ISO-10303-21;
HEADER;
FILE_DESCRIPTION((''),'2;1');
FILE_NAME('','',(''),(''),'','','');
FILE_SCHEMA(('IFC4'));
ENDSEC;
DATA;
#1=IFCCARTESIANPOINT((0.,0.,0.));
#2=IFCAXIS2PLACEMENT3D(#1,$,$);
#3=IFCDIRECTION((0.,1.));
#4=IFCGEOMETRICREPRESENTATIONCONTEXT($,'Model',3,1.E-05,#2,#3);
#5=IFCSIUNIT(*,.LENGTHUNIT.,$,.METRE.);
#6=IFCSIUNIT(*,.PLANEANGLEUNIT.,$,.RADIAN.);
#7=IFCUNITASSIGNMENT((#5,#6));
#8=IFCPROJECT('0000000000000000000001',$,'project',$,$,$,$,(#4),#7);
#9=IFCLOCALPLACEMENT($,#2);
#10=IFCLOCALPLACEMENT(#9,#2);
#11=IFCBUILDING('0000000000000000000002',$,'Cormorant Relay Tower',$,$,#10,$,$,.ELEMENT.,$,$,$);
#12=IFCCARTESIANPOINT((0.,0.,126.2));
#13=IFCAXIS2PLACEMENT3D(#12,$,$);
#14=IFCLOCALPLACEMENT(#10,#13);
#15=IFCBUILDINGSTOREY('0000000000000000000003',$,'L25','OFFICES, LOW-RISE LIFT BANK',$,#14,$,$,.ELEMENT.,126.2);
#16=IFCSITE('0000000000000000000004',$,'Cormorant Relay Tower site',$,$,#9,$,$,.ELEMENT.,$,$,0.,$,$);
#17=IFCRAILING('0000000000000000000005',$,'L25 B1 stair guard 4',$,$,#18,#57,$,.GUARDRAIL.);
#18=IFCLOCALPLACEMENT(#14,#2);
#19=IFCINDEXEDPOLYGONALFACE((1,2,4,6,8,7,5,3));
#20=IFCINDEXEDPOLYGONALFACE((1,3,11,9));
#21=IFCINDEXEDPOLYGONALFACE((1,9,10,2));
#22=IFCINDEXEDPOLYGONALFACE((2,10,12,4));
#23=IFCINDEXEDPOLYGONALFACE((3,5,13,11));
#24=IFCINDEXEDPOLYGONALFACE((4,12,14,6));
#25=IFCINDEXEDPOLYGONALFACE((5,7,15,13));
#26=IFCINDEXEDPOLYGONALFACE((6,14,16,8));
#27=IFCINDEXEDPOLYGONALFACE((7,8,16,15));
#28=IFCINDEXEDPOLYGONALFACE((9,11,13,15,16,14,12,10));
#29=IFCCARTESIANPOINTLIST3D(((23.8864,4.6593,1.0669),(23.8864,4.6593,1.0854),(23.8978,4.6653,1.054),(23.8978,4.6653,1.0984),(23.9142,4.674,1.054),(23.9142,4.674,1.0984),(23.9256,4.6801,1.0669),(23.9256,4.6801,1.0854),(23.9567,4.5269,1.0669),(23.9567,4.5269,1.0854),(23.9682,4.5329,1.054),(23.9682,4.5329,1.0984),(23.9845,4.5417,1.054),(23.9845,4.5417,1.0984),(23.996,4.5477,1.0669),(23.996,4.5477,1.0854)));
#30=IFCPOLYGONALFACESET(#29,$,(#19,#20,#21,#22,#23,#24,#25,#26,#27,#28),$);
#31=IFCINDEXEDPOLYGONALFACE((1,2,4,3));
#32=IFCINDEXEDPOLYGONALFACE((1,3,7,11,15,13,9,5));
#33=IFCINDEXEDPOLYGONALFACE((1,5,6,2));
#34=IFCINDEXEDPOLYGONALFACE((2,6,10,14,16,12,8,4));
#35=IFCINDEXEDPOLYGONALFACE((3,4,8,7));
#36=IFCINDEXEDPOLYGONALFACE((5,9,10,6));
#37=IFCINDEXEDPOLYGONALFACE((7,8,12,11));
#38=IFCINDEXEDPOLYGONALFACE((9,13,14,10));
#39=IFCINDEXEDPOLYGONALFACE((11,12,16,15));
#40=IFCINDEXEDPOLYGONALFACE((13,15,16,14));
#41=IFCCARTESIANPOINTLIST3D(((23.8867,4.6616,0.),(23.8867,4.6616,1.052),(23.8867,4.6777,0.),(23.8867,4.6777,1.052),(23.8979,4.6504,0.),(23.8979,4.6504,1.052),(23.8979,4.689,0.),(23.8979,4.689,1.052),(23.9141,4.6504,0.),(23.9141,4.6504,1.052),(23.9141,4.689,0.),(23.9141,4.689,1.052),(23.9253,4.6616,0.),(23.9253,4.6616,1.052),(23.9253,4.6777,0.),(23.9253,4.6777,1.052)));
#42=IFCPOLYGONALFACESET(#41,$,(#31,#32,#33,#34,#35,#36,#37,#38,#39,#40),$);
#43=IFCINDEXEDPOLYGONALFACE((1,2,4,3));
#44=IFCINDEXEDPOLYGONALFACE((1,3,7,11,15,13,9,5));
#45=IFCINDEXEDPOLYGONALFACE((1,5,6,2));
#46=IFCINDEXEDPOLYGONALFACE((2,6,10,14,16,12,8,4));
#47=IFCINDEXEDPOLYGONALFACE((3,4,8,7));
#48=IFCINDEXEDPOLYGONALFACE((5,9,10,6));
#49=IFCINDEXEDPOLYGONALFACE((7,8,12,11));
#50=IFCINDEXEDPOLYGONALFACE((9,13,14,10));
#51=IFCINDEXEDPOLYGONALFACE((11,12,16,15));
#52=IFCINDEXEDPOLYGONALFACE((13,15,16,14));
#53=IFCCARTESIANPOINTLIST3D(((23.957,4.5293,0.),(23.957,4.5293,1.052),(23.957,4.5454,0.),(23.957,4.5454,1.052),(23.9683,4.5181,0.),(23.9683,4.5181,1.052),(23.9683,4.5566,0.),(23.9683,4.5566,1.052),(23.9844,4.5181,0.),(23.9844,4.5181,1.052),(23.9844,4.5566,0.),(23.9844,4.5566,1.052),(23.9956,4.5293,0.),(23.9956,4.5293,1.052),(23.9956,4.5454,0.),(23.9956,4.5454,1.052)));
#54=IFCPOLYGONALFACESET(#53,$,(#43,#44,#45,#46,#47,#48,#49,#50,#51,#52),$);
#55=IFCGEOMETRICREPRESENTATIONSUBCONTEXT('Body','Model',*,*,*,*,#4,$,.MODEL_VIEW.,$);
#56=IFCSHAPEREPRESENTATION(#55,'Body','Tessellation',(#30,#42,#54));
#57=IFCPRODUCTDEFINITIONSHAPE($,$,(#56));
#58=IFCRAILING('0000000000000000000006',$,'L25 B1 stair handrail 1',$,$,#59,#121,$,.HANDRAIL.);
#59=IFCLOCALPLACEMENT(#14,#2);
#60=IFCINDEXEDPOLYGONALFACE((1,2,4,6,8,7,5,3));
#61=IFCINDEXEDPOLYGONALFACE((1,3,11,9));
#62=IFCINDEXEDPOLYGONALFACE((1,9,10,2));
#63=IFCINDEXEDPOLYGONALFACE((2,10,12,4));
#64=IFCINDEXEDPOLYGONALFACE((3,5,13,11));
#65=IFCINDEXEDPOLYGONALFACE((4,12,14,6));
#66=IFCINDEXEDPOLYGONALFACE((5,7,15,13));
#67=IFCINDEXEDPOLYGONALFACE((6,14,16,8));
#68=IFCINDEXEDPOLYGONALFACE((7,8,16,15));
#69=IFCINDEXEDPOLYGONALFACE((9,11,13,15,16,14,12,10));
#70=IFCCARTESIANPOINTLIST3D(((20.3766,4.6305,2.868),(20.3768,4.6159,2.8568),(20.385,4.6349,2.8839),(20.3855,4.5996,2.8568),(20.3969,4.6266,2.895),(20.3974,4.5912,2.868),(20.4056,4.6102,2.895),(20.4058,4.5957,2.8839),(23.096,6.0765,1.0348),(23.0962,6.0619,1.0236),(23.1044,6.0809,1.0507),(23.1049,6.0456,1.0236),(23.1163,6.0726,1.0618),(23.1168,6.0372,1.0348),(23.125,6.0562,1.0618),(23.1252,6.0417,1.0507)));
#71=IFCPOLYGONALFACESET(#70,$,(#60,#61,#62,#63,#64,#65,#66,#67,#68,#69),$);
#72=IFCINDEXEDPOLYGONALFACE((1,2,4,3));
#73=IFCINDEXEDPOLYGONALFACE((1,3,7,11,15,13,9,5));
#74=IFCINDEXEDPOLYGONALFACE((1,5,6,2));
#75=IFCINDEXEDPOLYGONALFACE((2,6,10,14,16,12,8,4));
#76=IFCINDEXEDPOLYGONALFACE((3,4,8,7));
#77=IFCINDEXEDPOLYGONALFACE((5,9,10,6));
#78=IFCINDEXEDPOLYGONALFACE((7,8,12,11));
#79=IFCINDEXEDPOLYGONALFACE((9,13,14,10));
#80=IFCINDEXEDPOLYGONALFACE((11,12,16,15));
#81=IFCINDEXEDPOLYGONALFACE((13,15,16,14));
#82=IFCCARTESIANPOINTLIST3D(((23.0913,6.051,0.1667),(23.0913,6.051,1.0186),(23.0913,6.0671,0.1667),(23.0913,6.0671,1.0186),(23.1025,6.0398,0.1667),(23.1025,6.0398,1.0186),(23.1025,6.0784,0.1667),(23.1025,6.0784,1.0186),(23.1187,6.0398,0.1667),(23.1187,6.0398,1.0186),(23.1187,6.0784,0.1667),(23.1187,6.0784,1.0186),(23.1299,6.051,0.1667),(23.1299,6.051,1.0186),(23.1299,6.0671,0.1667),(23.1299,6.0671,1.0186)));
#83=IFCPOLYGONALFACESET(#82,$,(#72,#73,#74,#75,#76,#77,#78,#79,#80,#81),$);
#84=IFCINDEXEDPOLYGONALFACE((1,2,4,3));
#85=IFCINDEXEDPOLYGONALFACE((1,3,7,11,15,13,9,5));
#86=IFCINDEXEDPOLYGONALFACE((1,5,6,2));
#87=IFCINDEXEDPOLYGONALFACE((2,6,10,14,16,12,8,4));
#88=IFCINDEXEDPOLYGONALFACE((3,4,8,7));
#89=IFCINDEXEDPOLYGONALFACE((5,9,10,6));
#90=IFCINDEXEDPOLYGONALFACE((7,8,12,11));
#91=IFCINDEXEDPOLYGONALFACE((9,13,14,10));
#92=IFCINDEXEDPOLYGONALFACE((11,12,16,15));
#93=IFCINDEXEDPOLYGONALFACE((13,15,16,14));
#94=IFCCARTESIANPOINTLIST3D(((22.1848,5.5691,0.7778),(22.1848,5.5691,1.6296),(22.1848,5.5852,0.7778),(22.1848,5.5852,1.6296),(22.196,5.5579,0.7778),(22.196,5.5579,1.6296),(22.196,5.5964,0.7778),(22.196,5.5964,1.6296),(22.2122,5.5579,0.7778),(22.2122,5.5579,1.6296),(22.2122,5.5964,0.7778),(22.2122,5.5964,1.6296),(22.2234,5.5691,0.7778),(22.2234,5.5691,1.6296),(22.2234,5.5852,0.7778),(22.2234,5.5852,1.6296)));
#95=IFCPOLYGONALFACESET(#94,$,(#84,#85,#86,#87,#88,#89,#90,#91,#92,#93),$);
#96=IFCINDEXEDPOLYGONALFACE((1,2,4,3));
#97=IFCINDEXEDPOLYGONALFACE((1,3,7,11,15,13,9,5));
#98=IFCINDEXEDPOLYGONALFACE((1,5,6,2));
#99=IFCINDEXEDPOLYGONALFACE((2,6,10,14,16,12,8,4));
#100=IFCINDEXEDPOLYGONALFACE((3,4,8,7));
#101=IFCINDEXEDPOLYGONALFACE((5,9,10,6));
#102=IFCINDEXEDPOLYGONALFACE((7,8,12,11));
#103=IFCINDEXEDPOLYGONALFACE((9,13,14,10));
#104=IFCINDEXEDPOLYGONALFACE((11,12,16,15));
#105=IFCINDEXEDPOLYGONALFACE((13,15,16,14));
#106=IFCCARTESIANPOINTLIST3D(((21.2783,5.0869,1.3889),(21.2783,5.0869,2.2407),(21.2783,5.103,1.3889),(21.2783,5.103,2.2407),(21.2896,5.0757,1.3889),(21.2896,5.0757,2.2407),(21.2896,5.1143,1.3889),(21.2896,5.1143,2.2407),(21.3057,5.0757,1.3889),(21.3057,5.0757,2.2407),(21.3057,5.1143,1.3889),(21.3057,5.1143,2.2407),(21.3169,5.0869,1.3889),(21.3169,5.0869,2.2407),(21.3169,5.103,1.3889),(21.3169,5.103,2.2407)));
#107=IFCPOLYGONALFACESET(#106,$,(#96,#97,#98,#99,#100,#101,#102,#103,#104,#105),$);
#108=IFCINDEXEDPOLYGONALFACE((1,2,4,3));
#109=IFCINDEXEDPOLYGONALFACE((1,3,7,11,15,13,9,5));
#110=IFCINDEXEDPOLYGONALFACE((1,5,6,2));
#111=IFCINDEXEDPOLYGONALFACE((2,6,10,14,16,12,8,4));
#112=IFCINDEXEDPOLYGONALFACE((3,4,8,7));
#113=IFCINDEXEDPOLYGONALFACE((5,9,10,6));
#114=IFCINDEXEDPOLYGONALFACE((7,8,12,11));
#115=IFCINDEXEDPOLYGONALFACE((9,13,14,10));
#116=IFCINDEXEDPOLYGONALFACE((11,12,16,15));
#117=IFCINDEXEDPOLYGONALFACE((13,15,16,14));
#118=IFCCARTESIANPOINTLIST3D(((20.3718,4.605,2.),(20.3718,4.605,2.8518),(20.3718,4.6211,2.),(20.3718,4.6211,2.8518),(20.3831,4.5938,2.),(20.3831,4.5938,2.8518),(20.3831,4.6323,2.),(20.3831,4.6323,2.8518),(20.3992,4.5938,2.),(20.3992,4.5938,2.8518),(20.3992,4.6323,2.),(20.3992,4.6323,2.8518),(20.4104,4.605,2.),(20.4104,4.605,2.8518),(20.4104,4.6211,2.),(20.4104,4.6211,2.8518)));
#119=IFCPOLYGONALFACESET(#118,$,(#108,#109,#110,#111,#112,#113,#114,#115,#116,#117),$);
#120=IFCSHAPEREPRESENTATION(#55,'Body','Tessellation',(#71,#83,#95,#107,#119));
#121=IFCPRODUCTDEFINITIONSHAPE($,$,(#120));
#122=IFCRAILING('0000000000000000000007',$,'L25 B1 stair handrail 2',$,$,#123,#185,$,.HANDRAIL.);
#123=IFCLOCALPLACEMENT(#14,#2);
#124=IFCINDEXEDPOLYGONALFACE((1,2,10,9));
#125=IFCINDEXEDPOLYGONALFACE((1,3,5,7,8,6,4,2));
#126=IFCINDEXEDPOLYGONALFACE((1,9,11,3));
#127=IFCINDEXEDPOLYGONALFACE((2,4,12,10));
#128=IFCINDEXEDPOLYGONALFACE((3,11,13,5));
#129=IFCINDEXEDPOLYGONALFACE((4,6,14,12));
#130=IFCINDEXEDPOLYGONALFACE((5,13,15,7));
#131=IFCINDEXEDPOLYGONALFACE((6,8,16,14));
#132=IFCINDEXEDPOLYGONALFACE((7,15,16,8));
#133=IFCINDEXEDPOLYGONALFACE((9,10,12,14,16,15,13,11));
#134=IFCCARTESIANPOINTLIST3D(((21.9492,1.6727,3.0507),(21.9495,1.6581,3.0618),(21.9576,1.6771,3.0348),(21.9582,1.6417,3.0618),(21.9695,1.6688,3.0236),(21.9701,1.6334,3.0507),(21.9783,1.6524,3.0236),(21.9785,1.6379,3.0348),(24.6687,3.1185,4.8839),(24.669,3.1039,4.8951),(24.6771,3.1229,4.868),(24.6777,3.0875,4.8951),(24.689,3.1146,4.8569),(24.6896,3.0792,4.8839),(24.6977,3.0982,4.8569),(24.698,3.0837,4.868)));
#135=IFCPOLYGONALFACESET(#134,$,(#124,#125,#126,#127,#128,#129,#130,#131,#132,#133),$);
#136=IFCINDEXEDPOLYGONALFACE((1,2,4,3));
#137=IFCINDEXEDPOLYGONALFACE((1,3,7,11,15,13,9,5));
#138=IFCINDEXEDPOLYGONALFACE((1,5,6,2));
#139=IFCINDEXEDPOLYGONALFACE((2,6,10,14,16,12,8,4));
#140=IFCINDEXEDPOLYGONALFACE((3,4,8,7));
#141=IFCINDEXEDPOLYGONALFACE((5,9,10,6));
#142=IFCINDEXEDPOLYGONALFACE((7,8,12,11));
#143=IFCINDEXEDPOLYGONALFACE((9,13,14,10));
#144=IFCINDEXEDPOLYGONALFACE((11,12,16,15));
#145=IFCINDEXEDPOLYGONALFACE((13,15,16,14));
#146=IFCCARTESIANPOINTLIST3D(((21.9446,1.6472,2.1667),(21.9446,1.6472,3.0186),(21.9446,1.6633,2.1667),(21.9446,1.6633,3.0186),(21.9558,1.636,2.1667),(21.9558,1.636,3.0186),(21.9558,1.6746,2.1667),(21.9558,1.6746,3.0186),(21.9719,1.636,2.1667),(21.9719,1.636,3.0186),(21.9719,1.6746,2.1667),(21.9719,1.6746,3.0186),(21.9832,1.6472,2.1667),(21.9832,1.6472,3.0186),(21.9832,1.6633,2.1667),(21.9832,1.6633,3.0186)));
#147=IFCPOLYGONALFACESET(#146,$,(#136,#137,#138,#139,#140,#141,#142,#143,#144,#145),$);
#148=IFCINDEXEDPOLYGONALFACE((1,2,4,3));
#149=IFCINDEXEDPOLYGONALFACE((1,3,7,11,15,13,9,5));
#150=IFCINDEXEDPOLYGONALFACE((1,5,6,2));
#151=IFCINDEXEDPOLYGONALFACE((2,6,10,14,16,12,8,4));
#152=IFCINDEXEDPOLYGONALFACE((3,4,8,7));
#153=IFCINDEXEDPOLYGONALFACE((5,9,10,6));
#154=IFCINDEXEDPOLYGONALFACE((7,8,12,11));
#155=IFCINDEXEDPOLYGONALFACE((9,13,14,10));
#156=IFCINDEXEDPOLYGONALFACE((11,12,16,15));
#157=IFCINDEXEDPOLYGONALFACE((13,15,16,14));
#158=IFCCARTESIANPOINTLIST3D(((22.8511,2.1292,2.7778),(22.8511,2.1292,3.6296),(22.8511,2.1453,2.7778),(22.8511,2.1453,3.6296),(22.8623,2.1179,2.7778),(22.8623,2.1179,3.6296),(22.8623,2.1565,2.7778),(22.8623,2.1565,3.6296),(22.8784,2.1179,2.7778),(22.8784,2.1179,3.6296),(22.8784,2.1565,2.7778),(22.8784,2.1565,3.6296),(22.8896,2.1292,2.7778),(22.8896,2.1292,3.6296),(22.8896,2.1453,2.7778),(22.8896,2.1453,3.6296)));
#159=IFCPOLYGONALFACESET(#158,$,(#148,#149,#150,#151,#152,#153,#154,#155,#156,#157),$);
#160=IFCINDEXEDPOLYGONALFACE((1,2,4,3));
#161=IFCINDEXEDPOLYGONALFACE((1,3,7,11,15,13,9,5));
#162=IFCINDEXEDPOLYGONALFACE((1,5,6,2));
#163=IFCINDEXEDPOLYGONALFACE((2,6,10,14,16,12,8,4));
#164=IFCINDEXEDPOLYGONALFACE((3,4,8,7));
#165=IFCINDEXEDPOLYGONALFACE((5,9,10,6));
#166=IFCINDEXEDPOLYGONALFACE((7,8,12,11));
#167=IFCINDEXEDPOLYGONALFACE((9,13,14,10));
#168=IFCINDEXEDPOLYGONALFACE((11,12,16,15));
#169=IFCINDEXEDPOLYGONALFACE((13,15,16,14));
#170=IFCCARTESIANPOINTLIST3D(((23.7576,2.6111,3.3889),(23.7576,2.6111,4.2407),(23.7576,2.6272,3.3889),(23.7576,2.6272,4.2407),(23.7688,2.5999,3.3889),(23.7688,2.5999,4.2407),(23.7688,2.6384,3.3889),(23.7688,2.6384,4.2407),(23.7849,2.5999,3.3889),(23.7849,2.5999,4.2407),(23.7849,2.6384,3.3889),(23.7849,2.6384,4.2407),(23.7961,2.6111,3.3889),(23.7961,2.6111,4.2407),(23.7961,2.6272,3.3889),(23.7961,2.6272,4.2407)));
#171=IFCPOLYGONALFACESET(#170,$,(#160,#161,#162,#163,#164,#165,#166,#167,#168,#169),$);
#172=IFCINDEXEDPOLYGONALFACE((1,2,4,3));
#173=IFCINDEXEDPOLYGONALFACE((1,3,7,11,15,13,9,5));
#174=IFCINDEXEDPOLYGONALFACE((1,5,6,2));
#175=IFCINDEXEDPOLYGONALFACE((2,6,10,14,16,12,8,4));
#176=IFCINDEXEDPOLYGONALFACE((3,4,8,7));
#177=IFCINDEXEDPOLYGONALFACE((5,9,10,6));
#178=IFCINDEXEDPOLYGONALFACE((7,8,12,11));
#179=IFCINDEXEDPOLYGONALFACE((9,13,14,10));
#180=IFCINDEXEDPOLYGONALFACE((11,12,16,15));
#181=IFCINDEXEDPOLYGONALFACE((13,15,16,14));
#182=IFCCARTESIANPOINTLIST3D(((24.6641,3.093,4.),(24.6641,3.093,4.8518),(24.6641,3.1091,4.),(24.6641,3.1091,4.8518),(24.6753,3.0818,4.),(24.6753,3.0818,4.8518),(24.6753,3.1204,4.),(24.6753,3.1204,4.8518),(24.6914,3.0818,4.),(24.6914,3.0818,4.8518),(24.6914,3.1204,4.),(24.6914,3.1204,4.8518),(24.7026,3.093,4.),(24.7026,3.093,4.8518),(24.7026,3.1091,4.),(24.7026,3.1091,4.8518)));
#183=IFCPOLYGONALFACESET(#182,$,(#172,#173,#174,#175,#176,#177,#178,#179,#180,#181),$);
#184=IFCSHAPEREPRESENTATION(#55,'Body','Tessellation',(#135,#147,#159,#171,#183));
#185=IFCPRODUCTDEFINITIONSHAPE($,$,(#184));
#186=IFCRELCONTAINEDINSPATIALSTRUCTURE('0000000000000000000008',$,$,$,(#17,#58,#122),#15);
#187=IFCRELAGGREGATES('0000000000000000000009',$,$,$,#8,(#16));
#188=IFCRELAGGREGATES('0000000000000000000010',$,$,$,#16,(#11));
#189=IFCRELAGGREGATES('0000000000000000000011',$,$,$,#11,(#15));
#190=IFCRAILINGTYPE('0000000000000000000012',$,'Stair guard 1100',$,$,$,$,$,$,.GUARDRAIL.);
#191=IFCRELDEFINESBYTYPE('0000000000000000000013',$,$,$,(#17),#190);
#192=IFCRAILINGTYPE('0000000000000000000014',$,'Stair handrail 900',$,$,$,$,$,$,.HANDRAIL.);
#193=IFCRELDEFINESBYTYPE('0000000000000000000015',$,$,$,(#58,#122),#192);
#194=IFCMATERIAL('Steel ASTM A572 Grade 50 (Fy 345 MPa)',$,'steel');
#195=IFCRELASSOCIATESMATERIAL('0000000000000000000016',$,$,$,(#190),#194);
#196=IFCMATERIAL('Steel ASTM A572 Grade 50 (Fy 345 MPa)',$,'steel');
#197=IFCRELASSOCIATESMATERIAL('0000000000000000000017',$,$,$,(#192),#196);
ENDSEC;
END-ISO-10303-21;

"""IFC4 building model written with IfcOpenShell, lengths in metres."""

from ifc_helpers import new_model, si_unit, direction, frame, origin, place, context, subcontext, project, spatial, polyline, outline, extrude, material, type_object, element, save


model = new_model("IFC4")

# Units and contexts
model_context = context("Model", 3, precision=1e-05, world=origin(), true_north=direction((0.0, 1.0)))
body_context = subcontext(model_context, "Body", "Model", "MODEL_VIEW")
ifc_project = project(units=[si_unit("LENGTHUNIT", "METRE"), si_unit("PLANEANGLEUNIT", "RADIAN")], contexts=[model_context])

# Site, building, storey
site_placement = place(None, origin())
site = spatial("IfcSite", under=ifc_project, at=site_placement, Name="Cormorant Relay Tower site", CompositionType="ELEMENT", RefElevation=0.0)
building_placement = place(site_placement, origin())
building = spatial("IfcBuilding", under=site, at=building_placement, Name="Cormorant Relay Tower", CompositionType="ELEMENT")
storey_placement = place(building_placement, frame((0.0, 0.0, 126.2)))
storey = spatial("IfcBuildingStorey", under=building, at=storey_placement, Name="L25", Description="OFFICES, LOW-RISE LIFT BANK", CompositionType="ELEMENT", Elevation=126.2)

# Railings
ifc_material_1 = material(Name="Steel ASTM A572 Grade 50 (Fy 345 MPa)", Category="steel")
railing_type_1 = type_object("IfcRailingType", Name="Stair guard 1100", PredefinedType="GUARDRAIL", material=ifc_material_1)
railing_1_placement = place(storey_placement, frame((23.906, 4.6697, 0.0)))
element("IfcRailing", 1, at=railing_1_placement, inside=storey, type_object=railing_type_1, Name="L25 B1 stair guard 4", PredefinedType="GUARDRAIL", context=body_context, shape_type="SweptSolid", body=[
    extrude(outline(polyline([(0.0222, 0.0093), (0.0093, 0.0222), (-0.0093, 0.0222), (-0.0222, 0.0093), (-0.0222, -0.0093), (-0.0093, -0.0222), (0.0093, -0.0222), (0.0222, -0.0093), (0.0222, 0.0093)])), frame((0.0, 0.0, 1.0762), z_axis=(0.469235, -0.883074, 0.0), x_axis=(0.883074, 0.469235, 0.0)), (0.0, 0.0, 1.0), 0.1499),
    extrude(outline(polyline([(0.0193, 0.0081), (0.0081, 0.0193), (-0.0081, 0.0193), (-0.0193, 0.0081), (-0.0193, -0.0081), (-0.0081, -0.0193), (0.0081, -0.0193), (0.0193, -0.0081), (0.0193, 0.0081)])), origin(), (0.0, 0.0, 1.0), 1.052),
    extrude(outline(polyline([(0.0193, 0.0081), (0.0081, 0.0193), (-0.0081, 0.0193), (-0.0193, 0.0081), (-0.0193, -0.0081), (-0.0081, -0.0193), (0.0081, -0.0193), (0.0193, -0.0081), (0.0193, 0.0081)])), frame((0.0703, -0.1323, 0.0)), (0.0, 0.0, 1.0), 1.052),
])
ifc_material_2 = material(Name="Steel ASTM A572 Grade 50 (Fy 345 MPa)", Category="steel")
railing_type_2 = type_object("IfcRailingType", Name="Stair handrail 900", PredefinedType="HANDRAIL", material=ifc_material_2)
railing_2_placement = place(storey_placement, frame((23.1106, 6.0591, 0.1667)))
element("IfcRailing", 2, at=railing_2_placement, inside=storey, type_object=railing_type_2, Name="L25 B1 stair handrail 1", PredefinedType="HANDRAIL", context=body_context, shape_type="SweptSolid", body=[
    extrude(outline(polyline([(0.0222, 0.0093), (0.0093, 0.0222), (-0.0093, 0.0222), (-0.0222, 0.0093), (-0.0222, -0.0093), (-0.0093, -0.0222), (0.0093, -0.0222), (0.0222, -0.0093), (0.0222, 0.0093)])), frame((0.0, 0.0, 0.876), z_axis=(-0.758714, -0.403435, 0.511463), x_axis=(0.469489, -0.882938, 0.0)), (0.0, 0.0, 1.0), 3.5842),
    extrude(outline(polyline([(0.0193, 0.0081), (0.0081, 0.0193), (-0.0081, 0.0193), (-0.0193, 0.0081), (-0.0193, -0.0081), (-0.0081, -0.0193), (0.0081, -0.0193), (0.0193, -0.0081), (0.0193, 0.0081)])), origin(), (0.0, 0.0, 1.0), 0.8518),
    extrude(outline(polyline([(0.0193, 0.0081), (0.0081, 0.0193), (-0.0081, 0.0193), (-0.0193, 0.0081), (-0.0193, -0.0081), (-0.0081, -0.0193), (0.0081, -0.0193), (0.0193, -0.0081), (0.0193, 0.0081)])), frame((-0.9065, -0.4819, 0.6111)), (0.0, 0.0, 1.0), 0.8518),
    extrude(outline(polyline([(0.0193, 0.0081), (0.0081, 0.0193), (-0.0081, 0.0193), (-0.0193, 0.0081), (-0.0193, -0.0081), (-0.0081, -0.0193), (0.0081, -0.0193), (0.0193, -0.0081), (0.0193, 0.0081)])), frame((-1.813, -0.9641, 1.2222)), (0.0, 0.0, 1.0), 0.8518),
    extrude(outline(polyline([(0.0193, 0.0081), (0.0081, 0.0193), (-0.0081, 0.0193), (-0.0193, 0.0081), (-0.0193, -0.0081), (-0.0081, -0.0193), (0.0081, -0.0193), (0.0193, -0.0081), (0.0193, 0.0081)])), frame((-2.7195, -1.446, 1.8333)), (0.0, 0.0, 1.0), 0.8518),
])
railing_3_placement = place(storey_placement, frame((21.9639, 1.6553, 2.1667)))
element("IfcRailing", 3, at=railing_3_placement, inside=storey, type_object=railing_type_2, Name="L25 B1 stair handrail 2", PredefinedType="HANDRAIL", context=body_context, shape_type="SweptSolid", body=[
    extrude(outline(polyline([(0.0222, 0.0093), (0.0093, 0.0222), (-0.0093, 0.0222), (-0.0222, 0.0093), (-0.0222, -0.0093), (-0.0093, -0.0222), (0.0093, -0.0222), (0.0222, -0.0093), (0.0222, 0.0093)])), frame((0.0, 0.0, 0.876), z_axis=(0.758735, 0.403378, 0.511477), x_axis=(-0.469428, 0.882971, 0.0)), (0.0, 0.0, 1.0), 3.5842),
    extrude(outline(polyline([(0.0193, 0.0081), (0.0081, 0.0193), (-0.0081, 0.0193), (-0.0193, 0.0081), (-0.0193, -0.0081), (-0.0081, -0.0193), (0.0081, -0.0193), (0.0193, -0.0081), (0.0193, 0.0081)])), origin(), (0.0, 0.0, 1.0), 0.8518),
    extrude(outline(polyline([(0.0193, 0.0081), (0.0081, 0.0193), (-0.0081, 0.0193), (-0.0193, 0.0081), (-0.0193, -0.0081), (-0.0081, -0.0193), (0.0081, -0.0193), (0.0193, -0.0081), (0.0193, 0.0081)])), frame((0.9065, 0.4819, 0.6111)), (0.0, 0.0, 1.0), 0.8518),
    extrude(outline(polyline([(0.0193, 0.0081), (0.0081, 0.0193), (-0.0081, 0.0193), (-0.0193, 0.0081), (-0.0193, -0.0081), (-0.0081, -0.0193), (0.0081, -0.0193), (0.0193, -0.0081), (0.0193, 0.0081)])), frame((1.813, 0.9639, 1.2222)), (0.0, 0.0, 1.0), 0.8518),
    extrude(outline(polyline([(0.0193, 0.0081), (0.0081, 0.0193), (-0.0081, 0.0193), (-0.0193, 0.0081), (-0.0193, -0.0081), (-0.0081, -0.0193), (0.0081, -0.0193), (0.0193, -0.0081), (0.0193, 0.0081)])), frame((2.7195, 1.4458, 1.8333)), (0.0, 0.0, 1.0), 0.8518),
])

save(model, "model.ifc")
